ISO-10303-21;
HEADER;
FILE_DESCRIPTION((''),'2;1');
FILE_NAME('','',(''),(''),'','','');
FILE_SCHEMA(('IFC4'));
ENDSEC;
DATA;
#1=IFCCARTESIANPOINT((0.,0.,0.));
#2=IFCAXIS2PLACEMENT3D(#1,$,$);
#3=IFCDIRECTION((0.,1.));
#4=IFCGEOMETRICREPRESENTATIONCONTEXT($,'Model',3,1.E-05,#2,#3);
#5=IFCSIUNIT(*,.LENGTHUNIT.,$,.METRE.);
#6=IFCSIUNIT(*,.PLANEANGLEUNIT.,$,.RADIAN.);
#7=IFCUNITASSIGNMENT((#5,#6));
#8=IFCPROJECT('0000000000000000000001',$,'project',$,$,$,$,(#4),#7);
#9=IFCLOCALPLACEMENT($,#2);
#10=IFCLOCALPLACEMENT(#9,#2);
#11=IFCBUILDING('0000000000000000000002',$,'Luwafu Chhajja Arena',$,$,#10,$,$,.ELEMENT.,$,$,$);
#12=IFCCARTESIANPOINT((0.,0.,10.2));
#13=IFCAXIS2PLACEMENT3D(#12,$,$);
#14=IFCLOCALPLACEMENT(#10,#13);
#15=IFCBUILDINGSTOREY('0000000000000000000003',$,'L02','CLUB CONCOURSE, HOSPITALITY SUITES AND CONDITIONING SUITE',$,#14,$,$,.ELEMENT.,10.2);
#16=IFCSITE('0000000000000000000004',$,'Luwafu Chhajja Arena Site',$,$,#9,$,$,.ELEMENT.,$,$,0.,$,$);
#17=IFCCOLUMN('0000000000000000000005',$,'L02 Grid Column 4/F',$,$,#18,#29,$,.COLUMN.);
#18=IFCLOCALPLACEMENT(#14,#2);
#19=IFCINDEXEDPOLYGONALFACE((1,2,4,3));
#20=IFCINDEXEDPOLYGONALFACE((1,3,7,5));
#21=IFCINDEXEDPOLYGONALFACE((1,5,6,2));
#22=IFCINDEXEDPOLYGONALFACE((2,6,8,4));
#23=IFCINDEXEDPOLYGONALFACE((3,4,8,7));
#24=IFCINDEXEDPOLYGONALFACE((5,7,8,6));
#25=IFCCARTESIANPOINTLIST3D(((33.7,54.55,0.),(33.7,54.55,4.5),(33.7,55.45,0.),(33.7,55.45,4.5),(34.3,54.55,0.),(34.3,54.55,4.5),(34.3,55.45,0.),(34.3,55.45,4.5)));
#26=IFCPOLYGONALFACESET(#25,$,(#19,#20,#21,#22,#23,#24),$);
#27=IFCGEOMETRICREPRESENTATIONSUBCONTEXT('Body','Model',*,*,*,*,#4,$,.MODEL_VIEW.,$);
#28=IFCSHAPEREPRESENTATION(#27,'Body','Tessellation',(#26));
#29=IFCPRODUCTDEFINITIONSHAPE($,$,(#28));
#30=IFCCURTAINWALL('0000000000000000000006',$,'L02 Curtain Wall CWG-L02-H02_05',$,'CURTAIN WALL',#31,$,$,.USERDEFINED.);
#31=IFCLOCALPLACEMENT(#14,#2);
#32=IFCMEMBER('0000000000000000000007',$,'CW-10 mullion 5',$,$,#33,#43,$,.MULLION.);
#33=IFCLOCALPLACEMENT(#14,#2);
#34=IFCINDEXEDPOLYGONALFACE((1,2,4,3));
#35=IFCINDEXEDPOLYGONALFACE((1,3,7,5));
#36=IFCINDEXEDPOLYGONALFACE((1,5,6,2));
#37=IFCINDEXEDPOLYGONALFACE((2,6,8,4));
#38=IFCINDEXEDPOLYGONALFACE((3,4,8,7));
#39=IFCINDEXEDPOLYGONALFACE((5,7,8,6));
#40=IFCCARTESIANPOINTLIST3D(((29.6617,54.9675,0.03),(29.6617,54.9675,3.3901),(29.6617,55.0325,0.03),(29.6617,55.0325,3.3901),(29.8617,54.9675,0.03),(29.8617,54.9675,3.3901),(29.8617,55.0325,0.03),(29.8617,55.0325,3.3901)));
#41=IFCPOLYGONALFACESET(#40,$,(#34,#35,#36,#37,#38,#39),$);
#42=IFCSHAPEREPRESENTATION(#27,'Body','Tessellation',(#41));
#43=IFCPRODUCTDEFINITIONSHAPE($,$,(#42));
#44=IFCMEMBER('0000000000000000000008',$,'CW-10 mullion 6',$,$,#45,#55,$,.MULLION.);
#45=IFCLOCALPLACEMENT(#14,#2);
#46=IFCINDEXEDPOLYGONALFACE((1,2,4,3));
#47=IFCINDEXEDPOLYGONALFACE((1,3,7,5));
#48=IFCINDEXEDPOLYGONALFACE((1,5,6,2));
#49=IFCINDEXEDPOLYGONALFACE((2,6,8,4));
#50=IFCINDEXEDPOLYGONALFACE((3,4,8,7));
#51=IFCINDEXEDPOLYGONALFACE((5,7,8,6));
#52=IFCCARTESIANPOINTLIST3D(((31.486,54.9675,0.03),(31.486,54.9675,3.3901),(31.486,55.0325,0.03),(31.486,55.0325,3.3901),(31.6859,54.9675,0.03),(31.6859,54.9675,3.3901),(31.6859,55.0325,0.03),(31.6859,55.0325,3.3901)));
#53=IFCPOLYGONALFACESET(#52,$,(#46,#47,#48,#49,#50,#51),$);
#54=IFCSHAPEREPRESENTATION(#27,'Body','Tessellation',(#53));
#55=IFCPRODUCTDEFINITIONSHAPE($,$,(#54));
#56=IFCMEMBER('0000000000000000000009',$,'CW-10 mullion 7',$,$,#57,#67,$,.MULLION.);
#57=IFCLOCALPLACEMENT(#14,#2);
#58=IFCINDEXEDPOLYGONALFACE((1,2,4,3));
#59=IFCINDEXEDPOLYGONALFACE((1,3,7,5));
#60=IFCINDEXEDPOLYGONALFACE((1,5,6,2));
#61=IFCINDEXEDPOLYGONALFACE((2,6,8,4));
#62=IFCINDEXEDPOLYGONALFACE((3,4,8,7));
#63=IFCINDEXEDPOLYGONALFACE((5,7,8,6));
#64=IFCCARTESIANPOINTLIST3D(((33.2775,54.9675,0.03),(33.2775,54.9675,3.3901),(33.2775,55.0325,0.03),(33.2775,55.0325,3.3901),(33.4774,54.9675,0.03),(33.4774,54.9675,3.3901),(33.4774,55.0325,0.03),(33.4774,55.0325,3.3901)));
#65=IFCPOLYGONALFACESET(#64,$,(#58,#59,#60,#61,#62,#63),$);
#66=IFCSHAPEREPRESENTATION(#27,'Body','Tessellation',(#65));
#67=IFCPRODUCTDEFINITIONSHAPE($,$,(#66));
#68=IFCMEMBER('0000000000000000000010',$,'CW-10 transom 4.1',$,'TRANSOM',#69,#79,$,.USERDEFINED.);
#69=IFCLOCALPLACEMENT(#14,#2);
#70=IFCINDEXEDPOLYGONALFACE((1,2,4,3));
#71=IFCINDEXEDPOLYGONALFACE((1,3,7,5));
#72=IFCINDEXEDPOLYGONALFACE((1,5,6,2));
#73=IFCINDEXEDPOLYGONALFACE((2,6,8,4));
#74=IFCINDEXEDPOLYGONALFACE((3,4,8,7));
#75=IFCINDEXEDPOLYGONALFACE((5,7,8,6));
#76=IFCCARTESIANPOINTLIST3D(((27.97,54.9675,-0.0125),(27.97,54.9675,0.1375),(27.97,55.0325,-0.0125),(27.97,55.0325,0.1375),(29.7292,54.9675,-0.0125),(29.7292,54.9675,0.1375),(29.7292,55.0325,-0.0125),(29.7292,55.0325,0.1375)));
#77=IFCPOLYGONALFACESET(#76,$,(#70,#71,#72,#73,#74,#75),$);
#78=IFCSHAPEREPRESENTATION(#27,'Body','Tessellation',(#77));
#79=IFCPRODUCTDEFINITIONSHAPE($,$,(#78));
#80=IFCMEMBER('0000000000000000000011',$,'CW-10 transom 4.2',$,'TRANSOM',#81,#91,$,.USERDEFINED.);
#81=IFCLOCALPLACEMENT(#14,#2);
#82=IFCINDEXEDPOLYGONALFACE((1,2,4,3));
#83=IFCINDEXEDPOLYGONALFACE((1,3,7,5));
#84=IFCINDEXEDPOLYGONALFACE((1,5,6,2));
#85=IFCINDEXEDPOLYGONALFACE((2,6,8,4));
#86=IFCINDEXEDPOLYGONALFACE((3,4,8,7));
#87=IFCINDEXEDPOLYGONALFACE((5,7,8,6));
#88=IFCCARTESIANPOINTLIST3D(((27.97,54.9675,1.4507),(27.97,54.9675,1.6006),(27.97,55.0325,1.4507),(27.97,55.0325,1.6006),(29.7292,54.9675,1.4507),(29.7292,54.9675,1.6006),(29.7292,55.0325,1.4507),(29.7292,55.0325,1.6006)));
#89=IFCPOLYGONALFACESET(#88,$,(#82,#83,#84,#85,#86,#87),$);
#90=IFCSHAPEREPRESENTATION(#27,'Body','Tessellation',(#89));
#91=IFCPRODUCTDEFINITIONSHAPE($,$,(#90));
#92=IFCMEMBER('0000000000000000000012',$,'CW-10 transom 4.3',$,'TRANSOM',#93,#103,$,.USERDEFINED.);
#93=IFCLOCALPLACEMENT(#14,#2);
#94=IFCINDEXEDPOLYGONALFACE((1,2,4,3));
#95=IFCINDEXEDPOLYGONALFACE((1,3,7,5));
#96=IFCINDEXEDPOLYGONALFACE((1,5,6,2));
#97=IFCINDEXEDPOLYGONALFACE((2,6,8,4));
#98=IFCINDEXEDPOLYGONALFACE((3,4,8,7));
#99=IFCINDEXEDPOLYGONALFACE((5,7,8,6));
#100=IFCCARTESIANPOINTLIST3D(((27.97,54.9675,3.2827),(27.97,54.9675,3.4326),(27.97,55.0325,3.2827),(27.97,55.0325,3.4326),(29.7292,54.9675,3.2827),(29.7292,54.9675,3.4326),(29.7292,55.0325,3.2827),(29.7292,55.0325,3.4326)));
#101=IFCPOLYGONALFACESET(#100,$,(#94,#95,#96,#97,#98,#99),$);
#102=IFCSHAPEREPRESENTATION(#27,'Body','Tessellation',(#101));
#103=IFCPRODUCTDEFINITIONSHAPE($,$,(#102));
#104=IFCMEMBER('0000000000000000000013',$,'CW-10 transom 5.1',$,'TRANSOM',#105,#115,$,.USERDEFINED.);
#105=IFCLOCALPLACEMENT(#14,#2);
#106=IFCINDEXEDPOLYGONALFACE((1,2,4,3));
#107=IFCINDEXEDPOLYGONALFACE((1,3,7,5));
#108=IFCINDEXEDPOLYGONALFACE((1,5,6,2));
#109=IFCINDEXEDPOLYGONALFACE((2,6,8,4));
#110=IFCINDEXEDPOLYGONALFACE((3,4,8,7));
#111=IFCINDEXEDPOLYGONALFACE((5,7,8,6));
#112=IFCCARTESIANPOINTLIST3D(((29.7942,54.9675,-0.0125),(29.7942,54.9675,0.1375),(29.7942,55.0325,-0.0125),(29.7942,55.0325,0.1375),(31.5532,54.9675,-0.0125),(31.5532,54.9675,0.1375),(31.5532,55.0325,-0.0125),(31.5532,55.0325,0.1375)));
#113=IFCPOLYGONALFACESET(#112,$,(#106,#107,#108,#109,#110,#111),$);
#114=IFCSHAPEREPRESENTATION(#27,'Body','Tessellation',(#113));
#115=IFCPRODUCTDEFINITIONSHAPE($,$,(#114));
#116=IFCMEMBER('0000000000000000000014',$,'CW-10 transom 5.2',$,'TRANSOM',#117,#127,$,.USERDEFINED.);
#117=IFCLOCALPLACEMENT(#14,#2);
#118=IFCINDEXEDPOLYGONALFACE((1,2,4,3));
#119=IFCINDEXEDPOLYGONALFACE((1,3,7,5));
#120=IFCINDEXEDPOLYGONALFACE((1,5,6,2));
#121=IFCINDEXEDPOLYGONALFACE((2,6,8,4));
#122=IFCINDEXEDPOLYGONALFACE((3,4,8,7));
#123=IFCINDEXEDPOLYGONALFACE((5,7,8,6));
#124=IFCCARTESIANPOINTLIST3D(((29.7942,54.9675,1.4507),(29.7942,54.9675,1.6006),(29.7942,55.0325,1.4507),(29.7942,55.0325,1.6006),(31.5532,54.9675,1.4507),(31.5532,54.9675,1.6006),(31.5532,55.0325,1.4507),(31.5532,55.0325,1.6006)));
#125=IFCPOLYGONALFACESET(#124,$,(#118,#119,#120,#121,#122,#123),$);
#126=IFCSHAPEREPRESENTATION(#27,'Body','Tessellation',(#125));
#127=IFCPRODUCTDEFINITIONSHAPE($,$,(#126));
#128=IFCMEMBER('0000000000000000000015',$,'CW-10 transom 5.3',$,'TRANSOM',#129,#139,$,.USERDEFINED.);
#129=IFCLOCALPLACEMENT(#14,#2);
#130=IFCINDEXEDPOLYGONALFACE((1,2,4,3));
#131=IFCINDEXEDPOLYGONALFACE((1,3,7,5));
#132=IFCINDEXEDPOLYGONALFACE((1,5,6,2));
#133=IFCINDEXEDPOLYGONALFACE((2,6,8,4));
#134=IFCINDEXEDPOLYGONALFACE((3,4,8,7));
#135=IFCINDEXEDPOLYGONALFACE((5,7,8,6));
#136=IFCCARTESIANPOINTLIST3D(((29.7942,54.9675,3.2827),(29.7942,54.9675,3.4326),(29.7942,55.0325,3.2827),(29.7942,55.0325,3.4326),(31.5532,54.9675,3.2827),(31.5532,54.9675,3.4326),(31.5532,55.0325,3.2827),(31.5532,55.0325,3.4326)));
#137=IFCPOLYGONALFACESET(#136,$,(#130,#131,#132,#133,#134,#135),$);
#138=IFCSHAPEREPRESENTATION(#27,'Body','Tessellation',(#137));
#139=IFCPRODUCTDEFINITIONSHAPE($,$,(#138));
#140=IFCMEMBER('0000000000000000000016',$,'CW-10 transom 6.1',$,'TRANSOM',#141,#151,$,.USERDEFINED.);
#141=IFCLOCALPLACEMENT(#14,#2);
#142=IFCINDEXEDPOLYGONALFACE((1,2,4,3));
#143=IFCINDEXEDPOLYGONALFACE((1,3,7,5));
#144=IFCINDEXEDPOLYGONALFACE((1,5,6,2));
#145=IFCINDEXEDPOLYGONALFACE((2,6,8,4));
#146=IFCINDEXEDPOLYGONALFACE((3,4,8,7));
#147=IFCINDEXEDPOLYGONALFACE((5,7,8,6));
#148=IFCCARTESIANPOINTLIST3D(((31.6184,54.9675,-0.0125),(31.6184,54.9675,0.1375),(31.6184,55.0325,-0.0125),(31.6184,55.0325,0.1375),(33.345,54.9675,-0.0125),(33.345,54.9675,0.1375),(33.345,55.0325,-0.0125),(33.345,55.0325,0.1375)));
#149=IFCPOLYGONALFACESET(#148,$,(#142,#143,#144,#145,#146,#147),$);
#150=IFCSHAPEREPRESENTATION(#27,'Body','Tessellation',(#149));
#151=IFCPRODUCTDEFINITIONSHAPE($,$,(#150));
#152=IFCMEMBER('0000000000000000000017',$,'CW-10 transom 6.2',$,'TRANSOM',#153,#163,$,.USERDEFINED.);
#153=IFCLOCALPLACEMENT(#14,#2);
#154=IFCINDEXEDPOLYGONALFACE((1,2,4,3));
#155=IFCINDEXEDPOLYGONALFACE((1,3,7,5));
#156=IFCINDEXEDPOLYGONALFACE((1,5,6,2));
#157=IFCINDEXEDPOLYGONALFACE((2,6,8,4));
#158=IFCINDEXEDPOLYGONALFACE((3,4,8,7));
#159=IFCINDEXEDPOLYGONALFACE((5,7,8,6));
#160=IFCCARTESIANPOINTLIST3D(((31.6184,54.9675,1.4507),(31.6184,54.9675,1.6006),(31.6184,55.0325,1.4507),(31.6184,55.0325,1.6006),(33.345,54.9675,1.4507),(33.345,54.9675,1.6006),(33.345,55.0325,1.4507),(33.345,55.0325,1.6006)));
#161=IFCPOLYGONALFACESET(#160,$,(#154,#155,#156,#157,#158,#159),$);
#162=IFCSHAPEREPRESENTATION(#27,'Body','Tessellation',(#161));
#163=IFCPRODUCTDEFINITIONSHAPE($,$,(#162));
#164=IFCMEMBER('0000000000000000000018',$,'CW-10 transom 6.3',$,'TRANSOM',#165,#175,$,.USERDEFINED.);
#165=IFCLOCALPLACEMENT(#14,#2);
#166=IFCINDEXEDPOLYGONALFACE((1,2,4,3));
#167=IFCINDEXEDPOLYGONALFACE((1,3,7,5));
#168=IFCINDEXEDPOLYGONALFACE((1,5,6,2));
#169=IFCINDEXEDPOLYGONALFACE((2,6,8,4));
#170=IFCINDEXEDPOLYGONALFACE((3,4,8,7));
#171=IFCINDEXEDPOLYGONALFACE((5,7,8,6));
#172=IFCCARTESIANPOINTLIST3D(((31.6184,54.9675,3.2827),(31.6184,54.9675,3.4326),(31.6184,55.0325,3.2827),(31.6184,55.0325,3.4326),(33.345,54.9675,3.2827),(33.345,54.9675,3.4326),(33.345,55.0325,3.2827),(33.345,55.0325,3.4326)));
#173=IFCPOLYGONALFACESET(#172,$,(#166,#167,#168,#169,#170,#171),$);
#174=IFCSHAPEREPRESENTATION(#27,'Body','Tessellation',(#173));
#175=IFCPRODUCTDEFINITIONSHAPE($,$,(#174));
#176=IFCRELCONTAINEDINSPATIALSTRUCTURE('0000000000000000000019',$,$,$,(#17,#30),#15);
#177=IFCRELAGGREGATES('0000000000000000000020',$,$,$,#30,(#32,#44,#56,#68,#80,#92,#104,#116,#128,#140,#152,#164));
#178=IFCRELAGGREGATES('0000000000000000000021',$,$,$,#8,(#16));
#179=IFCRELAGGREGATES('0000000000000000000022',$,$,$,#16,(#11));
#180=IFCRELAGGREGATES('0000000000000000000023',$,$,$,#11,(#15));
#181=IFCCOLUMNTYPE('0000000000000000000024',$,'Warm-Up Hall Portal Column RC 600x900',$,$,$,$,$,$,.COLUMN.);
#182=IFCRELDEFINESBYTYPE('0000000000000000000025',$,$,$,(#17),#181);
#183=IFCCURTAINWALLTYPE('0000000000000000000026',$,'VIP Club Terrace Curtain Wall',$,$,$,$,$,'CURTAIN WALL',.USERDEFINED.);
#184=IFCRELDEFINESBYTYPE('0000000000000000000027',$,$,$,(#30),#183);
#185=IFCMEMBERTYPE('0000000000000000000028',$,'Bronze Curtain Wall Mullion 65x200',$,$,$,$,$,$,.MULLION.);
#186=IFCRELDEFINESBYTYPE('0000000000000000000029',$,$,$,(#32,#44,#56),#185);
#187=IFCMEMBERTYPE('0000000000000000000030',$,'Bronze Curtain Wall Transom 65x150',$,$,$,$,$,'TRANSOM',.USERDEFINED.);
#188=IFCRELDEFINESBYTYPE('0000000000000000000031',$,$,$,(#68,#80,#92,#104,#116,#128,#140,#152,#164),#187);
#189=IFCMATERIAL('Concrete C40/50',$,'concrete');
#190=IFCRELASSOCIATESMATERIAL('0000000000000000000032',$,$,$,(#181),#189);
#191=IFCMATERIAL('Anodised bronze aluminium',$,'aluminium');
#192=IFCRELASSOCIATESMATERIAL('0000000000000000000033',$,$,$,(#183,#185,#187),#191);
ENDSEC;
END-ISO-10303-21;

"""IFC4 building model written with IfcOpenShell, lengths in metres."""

from ifc_helpers import new_model, si_unit, direction, frame, origin, origin_2d, place, context, subcontext, project, spatial, rectangle, extrude, material, material_profile, profile_set, type_object, element, aggregate, save


model = new_model("IFC4")

# Units and contexts
model_context = context("Model", 3, precision=1e-05, world=origin(), true_north=direction((0.0, 1.0)))
body_context = subcontext(model_context, "Body", "Model", "MODEL_VIEW")
ifc_project = project(units=[si_unit("LENGTHUNIT", "METRE"), si_unit("PLANEANGLEUNIT", "RADIAN")], contexts=[model_context])

# Site, building, storey
site_placement = place(None, origin())
site = spatial("IfcSite", under=ifc_project, at=site_placement, Name="Luwafu Chhajja Arena Site", CompositionType="ELEMENT", RefElevation=0.0)
building_placement = place(site_placement, origin())
building = spatial("IfcBuilding", under=site, at=building_placement, Name="Luwafu Chhajja Arena", CompositionType="ELEMENT")
storey_placement = place(building_placement, frame((0.0, 0.0, 10.2)))
storey = spatial("IfcBuildingStorey", under=building, at=storey_placement, Name="L02", Description="CLUB CONCOURSE, HOSPITALITY SUITES AND CONDITIONING SUITE", CompositionType="ELEMENT", Elevation=10.2)

# Column
ifc_material_1 = material(Name="Concrete C40/50", Category="concrete")
ifc_material_profile_1 = material_profile(ifc_material_1, rectangle(XDim=0.6001, YDim=0.8999, at=origin_2d()), Name="RC 600x900")
ifc_profile_set_1 = profile_set([ifc_material_profile_1], Name="Concrete C40/50")
column_type = type_object("IfcColumnType", Name="Warm-Up Hall Portal Column RC 600x900", PredefinedType="COLUMN", material=ifc_profile_set_1)
column_placement = place(storey_placement, frame((34.0, 55.0, 0.0), z_axis=(0.0, 0.0, 1.0), x_axis=(1.0, 0.0, 0.0)))
element("IfcColumn", 1, at=column_placement, inside=storey, type_object=column_type, Name="L02 Grid Column 4/F", PredefinedType="COLUMN", context=body_context, shape_type="SweptSolid", body=[
    extrude(rectangle(XDim=0.6001, YDim=0.8999, at=origin_2d()), origin(), (0.0, 0.0, 1.0), 4.5),
])

# Curtain wall, members
ifc_material_2 = material(Name="Anodised bronze aluminium", Category="aluminium")
curtain_wall_type = type_object("IfcCurtainWallType", Name="VIP Club Terrace Curtain Wall", ElementType="CURTAIN WALL", PredefinedType="USERDEFINED", material=ifc_material_2)
curtain_wall_placement = place(storey_placement, origin())
curtain_wall = element("IfcCurtainWall", 2, at=curtain_wall_placement, inside=storey, type_object=curtain_wall_type, Name="L02 Curtain Wall CWG-L02-H02_05", ObjectType="CURTAIN WALL", PredefinedType="USERDEFINED")
ifc_material_profile_2 = material_profile(ifc_material_2, rectangle(XDim=0.0649, YDim=0.2, at=origin_2d()), Name="CWM 65x200")
ifc_profile_set_2 = profile_set([ifc_material_profile_2], Name="Anodised bronze aluminium")
member_type_1 = type_object("IfcMemberType", Name="Bronze Curtain Wall Mullion 65x200", PredefinedType="MULLION", material=ifc_profile_set_2)
member_1_placement = place(storey_placement, frame((29.7617, 55.0, 0.03), z_axis=(0.0, 0.0, 1.0), x_axis=(0.0, 1.0, 0.0)))
member_1 = element("IfcMember", 3, at=member_1_placement, type_object=member_type_1, Name="CW-10 mullion 5", PredefinedType="MULLION", context=body_context, shape_type="SweptSolid", body=[
    extrude(rectangle(XDim=0.0649, YDim=0.2, at=origin_2d()), origin(), (0.0, 0.0, 1.0), 3.3601),
])
member_2_placement = place(storey_placement, frame((31.5859, 55.0, 0.03), z_axis=(0.0, 0.0, 1.0), x_axis=(0.0, 1.0, 0.0)))
member_2 = element("IfcMember", 4, at=member_2_placement, type_object=member_type_1, Name="CW-10 mullion 6", PredefinedType="MULLION", context=body_context, shape_type="SweptSolid", body=[
    extrude(rectangle(XDim=0.0649, YDim=0.2, at=origin_2d()), origin(), (0.0, 0.0, 1.0), 3.3601),
])
member_3_placement = place(storey_placement, frame((33.3774, 55.0, 0.03), z_axis=(0.0, 0.0, 1.0), x_axis=(0.0, 1.0, 0.0)))
member_3 = element("IfcMember", 5, at=member_3_placement, type_object=member_type_1, Name="CW-10 mullion 7", PredefinedType="MULLION", context=body_context, shape_type="SweptSolid", body=[
    extrude(rectangle(XDim=0.0649, YDim=0.2, at=origin_2d()), origin(), (0.0, 0.0, 1.0), 3.3601),
])
ifc_material_profile_3 = material_profile(ifc_material_2, rectangle(XDim=0.0649, YDim=0.1499, at=origin_2d()), Name="CWT 65x150")
ifc_profile_set_3 = profile_set([ifc_material_profile_3], Name="Anodised bronze aluminium")
member_type_2 = type_object("IfcMemberType", Name="Bronze Curtain Wall Transom 65x150", ElementType="TRANSOM", PredefinedType="USERDEFINED", material=ifc_profile_set_3)
member_4_placement = place(storey_placement, frame((27.97, 55.0, 0.0625), z_axis=(1.0, 0.0, 0.0), x_axis=(0.0, 1.0, 0.0)))
member_4 = element("IfcMember", 6, at=member_4_placement, type_object=member_type_2, Name="CW-10 transom 4.1", ObjectType="TRANSOM", PredefinedType="USERDEFINED", context=body_context, shape_type="SweptSolid", body=[
    extrude(rectangle(XDim=0.0649, YDim=0.1499, at=origin_2d()), origin(), (0.0, 0.0, 1.0), 1.7593),
])
member_5_placement = place(storey_placement, frame((27.97, 55.0, 1.5256), z_axis=(1.0, 0.0, 0.0), x_axis=(0.0, 1.0, 0.0)))
member_5 = element("IfcMember", 7, at=member_5_placement, type_object=member_type_2, Name="CW-10 transom 4.2", ObjectType="TRANSOM", PredefinedType="USERDEFINED", context=body_context, shape_type="SweptSolid", body=[
    extrude(rectangle(XDim=0.0649, YDim=0.1499, at=origin_2d()), origin(), (0.0, 0.0, 1.0), 1.7593),
])
member_6_placement = place(storey_placement, frame((27.97, 55.0, 3.3577), z_axis=(1.0, 0.0, 0.0), x_axis=(0.0, 1.0, 0.0)))
member_6 = element("IfcMember", 8, at=member_6_placement, type_object=member_type_2, Name="CW-10 transom 4.3", ObjectType="TRANSOM", PredefinedType="USERDEFINED", context=body_context, shape_type="SweptSolid", body=[
    extrude(rectangle(XDim=0.0649, YDim=0.1499, at=origin_2d()), origin(), (0.0, 0.0, 1.0), 1.7593),
])
member_7_placement = place(storey_placement, frame((29.7942, 55.0, 0.0625), z_axis=(1.0, 0.0, 0.0), x_axis=(0.0, 1.0, 0.0)))
member_7 = element("IfcMember", 9, at=member_7_placement, type_object=member_type_2, Name="CW-10 transom 5.1", ObjectType="TRANSOM", PredefinedType="USERDEFINED", context=body_context, shape_type="SweptSolid", body=[
    extrude(rectangle(XDim=0.0649, YDim=0.1499, at=origin_2d()), origin(), (0.0, 0.0, 1.0), 1.759),
])
member_8_placement = place(storey_placement, frame((29.7942, 55.0, 1.5256), z_axis=(1.0, 0.0, 0.0), x_axis=(0.0, 1.0, 0.0)))
member_8 = element("IfcMember", 10, at=member_8_placement, type_object=member_type_2, Name="CW-10 transom 5.2", ObjectType="TRANSOM", PredefinedType="USERDEFINED", context=body_context, shape_type="SweptSolid", body=[
    extrude(rectangle(XDim=0.0649, YDim=0.1499, at=origin_2d()), origin(), (0.0, 0.0, 1.0), 1.759),
])
member_9_placement = place(storey_placement, frame((29.7942, 55.0, 3.3577), z_axis=(1.0, 0.0, 0.0), x_axis=(0.0, 1.0, 0.0)))
member_9 = element("IfcMember", 11, at=member_9_placement, type_object=member_type_2, Name="CW-10 transom 5.3", ObjectType="TRANSOM", PredefinedType="USERDEFINED", context=body_context, shape_type="SweptSolid", body=[
    extrude(rectangle(XDim=0.0649, YDim=0.1499, at=origin_2d()), origin(), (0.0, 0.0, 1.0), 1.759),
])
member_10_placement = place(storey_placement, frame((31.6184, 55.0, 0.0625), z_axis=(1.0, 0.0, 0.0), x_axis=(0.0, 1.0, 0.0)))
member_10 = element("IfcMember", 12, at=member_10_placement, type_object=member_type_2, Name="CW-10 transom 6.1", ObjectType="TRANSOM", PredefinedType="USERDEFINED", context=body_context, shape_type="SweptSolid", body=[
    extrude(rectangle(XDim=0.0649, YDim=0.1499, at=origin_2d()), origin(), (0.0, 0.0, 1.0), 1.7266),
])
member_11_placement = place(storey_placement, frame((31.6184, 55.0, 1.5256), z_axis=(1.0, 0.0, 0.0), x_axis=(0.0, 1.0, 0.0)))
member_11 = element("IfcMember", 13, at=member_11_placement, type_object=member_type_2, Name="CW-10 transom 6.2", ObjectType="TRANSOM", PredefinedType="USERDEFINED", context=body_context, shape_type="SweptSolid", body=[
    extrude(rectangle(XDim=0.0649, YDim=0.1499, at=origin_2d()), origin(), (0.0, 0.0, 1.0), 1.7266),
])
member_12_placement = place(storey_placement, frame((31.6184, 55.0, 3.3577), z_axis=(1.0, 0.0, 0.0), x_axis=(0.0, 1.0, 0.0)))
member_12 = element("IfcMember", 14, at=member_12_placement, type_object=member_type_2, Name="CW-10 transom 6.3", ObjectType="TRANSOM", PredefinedType="USERDEFINED", context=body_context, shape_type="SweptSolid", body=[
    extrude(rectangle(XDim=0.0649, YDim=0.1499, at=origin_2d()), origin(), (0.0, 0.0, 1.0), 1.7266),
])

aggregate(curtain_wall, [member_1, member_2, member_3, member_4, member_5, member_6, member_7, member_8, member_9, member_10, member_11, member_12])

save(model, "model.ifc")
